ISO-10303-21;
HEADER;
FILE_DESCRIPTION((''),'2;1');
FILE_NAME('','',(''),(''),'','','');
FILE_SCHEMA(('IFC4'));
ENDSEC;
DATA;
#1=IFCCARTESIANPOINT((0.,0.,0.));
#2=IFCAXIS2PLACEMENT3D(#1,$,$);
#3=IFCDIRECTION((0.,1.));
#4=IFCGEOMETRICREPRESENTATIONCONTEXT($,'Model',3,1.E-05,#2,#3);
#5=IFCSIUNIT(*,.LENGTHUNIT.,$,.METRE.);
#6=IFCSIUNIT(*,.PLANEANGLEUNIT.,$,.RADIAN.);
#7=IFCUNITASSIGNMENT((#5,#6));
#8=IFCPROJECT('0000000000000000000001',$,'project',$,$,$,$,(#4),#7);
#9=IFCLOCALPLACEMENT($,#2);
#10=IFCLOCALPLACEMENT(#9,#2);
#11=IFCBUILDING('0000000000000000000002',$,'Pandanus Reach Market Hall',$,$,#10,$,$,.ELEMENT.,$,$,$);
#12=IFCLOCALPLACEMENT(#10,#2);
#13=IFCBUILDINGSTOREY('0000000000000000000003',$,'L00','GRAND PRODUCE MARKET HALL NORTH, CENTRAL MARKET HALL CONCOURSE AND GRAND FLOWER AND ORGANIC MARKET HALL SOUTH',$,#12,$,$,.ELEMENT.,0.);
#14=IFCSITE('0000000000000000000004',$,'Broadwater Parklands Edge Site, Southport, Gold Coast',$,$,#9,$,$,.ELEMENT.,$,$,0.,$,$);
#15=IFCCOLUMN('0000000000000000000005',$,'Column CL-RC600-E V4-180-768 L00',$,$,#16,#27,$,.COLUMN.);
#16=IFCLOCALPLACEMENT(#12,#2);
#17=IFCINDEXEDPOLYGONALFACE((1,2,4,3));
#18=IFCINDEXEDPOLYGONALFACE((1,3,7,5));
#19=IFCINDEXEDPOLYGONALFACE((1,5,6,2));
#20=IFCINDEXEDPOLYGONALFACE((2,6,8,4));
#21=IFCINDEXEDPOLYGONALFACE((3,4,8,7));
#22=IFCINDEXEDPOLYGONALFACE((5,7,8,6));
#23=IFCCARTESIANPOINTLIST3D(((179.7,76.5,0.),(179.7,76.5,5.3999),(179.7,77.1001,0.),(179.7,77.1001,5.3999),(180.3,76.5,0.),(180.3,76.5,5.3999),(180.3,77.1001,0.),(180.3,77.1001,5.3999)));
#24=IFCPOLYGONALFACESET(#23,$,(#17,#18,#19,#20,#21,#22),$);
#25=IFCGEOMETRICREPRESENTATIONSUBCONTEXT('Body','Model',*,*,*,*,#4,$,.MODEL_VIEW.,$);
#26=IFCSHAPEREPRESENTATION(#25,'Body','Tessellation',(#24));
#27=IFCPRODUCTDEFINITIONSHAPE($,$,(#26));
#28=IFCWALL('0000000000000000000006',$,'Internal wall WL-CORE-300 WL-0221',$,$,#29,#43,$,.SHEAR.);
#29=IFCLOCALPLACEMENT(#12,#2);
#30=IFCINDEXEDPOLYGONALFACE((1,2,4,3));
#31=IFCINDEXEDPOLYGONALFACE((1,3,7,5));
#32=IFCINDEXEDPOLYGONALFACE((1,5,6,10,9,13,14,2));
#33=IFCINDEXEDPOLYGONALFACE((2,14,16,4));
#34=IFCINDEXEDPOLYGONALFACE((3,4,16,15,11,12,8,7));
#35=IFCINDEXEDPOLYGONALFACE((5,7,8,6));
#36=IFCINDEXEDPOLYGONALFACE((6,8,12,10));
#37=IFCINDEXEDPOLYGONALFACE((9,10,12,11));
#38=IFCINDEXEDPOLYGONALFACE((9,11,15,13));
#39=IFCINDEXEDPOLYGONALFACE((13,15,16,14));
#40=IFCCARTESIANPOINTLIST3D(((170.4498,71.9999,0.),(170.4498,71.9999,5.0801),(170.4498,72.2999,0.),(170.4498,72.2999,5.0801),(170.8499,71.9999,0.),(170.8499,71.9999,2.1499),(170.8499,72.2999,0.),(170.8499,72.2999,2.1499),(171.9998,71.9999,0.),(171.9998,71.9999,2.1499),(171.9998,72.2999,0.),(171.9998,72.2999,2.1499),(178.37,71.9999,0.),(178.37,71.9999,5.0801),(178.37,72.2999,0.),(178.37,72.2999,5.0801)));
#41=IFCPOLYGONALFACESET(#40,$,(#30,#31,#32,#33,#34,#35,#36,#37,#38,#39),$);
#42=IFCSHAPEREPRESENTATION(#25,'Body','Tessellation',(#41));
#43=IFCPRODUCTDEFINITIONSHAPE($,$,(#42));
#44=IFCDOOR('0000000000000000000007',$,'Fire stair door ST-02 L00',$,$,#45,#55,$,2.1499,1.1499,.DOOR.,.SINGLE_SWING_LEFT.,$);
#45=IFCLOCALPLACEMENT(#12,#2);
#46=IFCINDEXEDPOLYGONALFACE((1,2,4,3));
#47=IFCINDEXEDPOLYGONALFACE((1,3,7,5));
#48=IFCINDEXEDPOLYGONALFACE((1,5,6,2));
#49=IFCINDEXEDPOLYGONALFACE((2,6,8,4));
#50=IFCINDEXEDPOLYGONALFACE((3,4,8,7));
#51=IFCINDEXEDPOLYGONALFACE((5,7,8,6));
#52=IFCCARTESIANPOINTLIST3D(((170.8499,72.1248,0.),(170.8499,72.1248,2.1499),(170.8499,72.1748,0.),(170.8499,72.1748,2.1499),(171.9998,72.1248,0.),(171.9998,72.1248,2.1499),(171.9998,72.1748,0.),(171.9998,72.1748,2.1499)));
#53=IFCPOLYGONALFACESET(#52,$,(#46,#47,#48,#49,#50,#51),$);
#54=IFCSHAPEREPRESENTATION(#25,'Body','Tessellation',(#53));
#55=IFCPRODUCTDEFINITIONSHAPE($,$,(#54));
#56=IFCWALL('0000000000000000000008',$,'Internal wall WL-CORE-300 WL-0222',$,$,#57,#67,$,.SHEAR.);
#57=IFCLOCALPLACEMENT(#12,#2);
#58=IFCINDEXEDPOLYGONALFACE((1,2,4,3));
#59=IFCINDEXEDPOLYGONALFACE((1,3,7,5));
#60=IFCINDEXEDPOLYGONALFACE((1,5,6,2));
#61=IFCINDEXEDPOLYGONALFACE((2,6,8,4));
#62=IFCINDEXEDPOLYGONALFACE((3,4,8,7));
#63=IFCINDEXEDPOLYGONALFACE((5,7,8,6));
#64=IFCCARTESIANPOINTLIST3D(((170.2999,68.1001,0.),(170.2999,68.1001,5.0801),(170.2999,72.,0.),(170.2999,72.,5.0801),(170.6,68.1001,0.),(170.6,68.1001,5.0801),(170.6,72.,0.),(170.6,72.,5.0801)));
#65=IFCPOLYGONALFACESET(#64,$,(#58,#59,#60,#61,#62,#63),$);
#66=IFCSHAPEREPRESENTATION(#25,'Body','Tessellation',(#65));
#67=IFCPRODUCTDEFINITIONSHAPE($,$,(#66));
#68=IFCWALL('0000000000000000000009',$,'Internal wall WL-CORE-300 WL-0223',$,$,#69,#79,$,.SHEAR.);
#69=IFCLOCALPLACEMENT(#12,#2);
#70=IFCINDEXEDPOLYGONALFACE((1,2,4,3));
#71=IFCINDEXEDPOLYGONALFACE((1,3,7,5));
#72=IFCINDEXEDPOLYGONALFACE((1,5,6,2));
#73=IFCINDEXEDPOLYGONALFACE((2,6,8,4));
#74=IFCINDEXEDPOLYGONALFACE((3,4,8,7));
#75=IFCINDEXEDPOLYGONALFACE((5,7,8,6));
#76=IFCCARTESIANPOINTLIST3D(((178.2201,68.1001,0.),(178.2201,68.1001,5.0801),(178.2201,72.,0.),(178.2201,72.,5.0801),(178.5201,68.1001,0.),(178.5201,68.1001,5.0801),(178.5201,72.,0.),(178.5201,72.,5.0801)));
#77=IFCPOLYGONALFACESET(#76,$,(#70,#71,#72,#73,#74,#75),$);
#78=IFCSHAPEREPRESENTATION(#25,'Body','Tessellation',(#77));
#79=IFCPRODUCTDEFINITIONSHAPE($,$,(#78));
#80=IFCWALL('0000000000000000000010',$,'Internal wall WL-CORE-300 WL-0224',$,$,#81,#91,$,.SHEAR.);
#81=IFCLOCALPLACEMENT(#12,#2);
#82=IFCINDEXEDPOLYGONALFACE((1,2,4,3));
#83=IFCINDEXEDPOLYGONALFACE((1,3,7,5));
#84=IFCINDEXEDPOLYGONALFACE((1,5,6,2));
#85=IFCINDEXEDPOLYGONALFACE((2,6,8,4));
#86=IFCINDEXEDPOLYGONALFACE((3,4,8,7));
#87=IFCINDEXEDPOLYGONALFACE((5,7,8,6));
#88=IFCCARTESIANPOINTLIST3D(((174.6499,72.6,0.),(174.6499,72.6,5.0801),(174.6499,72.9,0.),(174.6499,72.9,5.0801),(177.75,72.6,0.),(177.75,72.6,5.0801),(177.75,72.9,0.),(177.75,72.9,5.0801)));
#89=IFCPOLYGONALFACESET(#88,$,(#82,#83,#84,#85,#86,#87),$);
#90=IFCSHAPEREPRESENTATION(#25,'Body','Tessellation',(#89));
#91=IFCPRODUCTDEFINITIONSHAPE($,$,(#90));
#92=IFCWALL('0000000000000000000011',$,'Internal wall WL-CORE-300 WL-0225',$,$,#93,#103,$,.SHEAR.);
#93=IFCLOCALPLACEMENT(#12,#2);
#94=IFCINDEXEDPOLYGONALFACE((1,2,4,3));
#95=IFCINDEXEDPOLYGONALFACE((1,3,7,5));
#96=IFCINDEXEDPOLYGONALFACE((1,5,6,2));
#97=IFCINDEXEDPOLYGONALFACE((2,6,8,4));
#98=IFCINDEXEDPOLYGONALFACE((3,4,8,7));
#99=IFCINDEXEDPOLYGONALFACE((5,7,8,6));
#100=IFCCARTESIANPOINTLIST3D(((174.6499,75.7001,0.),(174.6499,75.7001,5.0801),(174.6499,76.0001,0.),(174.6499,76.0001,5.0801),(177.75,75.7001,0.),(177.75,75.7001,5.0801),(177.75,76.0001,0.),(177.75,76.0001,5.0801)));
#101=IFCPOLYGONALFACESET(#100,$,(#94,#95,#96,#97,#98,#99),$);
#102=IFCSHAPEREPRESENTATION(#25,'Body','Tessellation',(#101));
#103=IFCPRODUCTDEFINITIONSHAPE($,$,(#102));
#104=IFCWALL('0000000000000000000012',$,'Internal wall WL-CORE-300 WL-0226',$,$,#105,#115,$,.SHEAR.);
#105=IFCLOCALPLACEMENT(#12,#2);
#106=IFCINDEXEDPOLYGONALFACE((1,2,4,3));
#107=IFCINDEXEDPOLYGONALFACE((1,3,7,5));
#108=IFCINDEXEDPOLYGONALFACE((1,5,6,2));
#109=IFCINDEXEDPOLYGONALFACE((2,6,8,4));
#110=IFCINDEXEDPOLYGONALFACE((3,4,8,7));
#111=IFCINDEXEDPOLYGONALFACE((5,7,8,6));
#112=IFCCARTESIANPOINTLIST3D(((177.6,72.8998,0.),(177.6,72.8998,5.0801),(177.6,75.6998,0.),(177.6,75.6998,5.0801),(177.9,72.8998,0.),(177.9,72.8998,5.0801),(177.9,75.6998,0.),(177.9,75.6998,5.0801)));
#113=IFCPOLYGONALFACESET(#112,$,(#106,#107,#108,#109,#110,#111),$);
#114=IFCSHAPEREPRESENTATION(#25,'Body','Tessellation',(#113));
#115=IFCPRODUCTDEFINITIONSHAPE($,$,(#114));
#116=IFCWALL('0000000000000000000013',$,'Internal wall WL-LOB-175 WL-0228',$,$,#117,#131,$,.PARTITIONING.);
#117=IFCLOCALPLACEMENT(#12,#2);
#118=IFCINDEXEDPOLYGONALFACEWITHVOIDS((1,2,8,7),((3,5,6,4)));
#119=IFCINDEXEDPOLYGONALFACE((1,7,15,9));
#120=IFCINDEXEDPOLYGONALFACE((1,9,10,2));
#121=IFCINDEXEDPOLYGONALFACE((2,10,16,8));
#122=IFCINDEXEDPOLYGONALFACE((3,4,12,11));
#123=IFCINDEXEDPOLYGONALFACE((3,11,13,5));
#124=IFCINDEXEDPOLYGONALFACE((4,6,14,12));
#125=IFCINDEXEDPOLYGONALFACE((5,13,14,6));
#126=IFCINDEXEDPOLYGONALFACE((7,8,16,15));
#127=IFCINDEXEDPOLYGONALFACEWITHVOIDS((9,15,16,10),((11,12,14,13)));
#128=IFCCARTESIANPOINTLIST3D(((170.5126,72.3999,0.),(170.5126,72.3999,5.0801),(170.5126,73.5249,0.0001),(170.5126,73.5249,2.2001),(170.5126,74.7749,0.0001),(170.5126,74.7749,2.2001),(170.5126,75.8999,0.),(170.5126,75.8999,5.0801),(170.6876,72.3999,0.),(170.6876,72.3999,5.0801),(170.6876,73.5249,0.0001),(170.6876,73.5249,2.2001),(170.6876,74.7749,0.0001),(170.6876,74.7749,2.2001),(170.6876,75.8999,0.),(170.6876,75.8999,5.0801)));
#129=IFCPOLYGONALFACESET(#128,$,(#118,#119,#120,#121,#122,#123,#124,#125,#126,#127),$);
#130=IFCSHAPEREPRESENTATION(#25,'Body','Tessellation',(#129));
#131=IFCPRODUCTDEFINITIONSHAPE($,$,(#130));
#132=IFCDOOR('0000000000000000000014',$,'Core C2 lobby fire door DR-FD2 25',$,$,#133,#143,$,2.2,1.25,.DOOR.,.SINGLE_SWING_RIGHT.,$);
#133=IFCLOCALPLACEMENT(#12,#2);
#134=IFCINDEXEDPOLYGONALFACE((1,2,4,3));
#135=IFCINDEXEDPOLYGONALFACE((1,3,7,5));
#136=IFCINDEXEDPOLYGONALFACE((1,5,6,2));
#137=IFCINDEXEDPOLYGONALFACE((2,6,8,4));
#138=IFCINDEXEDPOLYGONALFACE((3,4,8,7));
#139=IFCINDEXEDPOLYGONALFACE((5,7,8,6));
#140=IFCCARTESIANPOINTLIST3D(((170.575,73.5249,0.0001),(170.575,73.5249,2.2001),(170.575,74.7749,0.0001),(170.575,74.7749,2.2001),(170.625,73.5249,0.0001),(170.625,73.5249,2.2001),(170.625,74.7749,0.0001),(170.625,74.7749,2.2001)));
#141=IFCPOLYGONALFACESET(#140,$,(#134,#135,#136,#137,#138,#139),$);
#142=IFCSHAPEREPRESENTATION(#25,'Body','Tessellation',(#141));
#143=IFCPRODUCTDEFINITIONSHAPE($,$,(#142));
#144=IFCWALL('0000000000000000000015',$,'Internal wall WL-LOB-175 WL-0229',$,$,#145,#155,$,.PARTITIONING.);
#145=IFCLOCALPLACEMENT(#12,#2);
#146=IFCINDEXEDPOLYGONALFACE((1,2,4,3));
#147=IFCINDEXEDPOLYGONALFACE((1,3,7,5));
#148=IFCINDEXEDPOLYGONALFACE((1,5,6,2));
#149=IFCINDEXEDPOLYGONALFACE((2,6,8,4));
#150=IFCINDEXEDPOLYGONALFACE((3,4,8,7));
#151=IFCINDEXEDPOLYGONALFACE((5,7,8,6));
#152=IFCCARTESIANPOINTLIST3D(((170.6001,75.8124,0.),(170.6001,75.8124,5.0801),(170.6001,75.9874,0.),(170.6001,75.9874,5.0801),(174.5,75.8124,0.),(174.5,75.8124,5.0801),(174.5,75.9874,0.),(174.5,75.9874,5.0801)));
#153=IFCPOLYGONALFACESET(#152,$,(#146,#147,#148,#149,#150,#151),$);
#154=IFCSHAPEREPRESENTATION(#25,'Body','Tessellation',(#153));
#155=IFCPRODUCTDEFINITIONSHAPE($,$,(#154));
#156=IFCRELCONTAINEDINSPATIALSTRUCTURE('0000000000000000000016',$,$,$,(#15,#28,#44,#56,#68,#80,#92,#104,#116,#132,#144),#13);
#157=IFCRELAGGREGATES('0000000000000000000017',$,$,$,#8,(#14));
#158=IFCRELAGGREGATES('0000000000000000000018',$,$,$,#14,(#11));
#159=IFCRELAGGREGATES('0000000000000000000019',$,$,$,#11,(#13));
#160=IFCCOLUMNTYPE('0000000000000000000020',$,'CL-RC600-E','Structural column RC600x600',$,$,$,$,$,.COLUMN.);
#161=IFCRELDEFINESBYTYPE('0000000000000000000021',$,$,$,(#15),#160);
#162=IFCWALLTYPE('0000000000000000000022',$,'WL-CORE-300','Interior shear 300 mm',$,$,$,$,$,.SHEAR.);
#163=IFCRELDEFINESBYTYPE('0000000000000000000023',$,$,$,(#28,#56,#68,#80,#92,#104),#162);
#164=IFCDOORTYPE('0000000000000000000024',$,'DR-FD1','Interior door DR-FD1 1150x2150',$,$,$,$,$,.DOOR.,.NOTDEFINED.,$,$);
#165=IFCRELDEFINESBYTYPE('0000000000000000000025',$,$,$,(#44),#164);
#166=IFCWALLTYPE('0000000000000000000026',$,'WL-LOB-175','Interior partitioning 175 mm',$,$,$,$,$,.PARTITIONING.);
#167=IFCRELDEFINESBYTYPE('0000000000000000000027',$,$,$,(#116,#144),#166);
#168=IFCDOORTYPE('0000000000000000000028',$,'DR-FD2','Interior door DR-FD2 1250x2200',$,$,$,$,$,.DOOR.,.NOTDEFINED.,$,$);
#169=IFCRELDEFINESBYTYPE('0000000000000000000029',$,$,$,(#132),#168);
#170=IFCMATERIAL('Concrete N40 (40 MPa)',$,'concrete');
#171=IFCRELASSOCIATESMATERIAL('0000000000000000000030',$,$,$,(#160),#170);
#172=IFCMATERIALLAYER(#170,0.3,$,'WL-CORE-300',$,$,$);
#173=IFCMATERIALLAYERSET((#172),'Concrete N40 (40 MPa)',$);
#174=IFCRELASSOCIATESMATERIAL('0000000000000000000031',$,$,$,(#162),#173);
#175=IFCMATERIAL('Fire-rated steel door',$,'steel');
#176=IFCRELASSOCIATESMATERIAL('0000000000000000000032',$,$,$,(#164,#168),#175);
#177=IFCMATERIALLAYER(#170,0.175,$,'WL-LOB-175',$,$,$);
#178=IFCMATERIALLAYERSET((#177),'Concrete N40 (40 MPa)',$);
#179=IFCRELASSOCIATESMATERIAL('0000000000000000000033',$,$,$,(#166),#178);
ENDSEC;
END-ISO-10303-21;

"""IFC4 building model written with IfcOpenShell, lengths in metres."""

from ifc_helpers import new_model, si_unit, direction, frame, frame_2d, origin, origin_2d, place, context, subcontext, project, spatial, rectangle, extrude, material, layer, layer_set, material_profile, profile_set, type_object, element, fill, save


model = new_model("IFC4")

# Units and contexts
model_context = context("Model", 3, precision=1e-05, world=origin(), true_north=direction((0.0, 1.0)))
body_context = subcontext(model_context, "Body", "Model", "MODEL_VIEW")
ifc_project = project(units=[si_unit("LENGTHUNIT", "METRE"), si_unit("PLANEANGLEUNIT", "RADIAN")], contexts=[model_context])

# Site, building, storey
site_placement = place(None, origin())
site = spatial("IfcSite", under=ifc_project, at=site_placement, Name="Broadwater Parklands Edge Site, Southport, Gold Coast", CompositionType="ELEMENT", RefElevation=0.0)
building_placement = place(site_placement, origin())
building = spatial("IfcBuilding", under=site, at=building_placement, Name="Pandanus Reach Market Hall", CompositionType="ELEMENT")
storey_placement = place(building_placement, origin())
storey = spatial("IfcBuildingStorey", under=building, at=storey_placement, Name="L00", Description="GRAND PRODUCE MARKET HALL NORTH, CENTRAL MARKET HALL CONCOURSE AND GRAND FLOWER AND ORGANIC MARKET HALL SOUTH", CompositionType="ELEMENT", Elevation=0.0)

# Column
ifc_material_1 = material(Name="Concrete N40 (40 MPa)", Category="concrete")
ifc_material_profile = material_profile(ifc_material_1, rectangle(XDim=0.6001, YDim=0.6001, at=origin_2d()), Name="RC600x600", Category="LoadBearing")
ifc_profile_set = profile_set([ifc_material_profile], Name="Concrete N40 (40 MPa)")
column_type = type_object("IfcColumnType", Name="CL-RC600-E", Description="Structural column RC600x600", PredefinedType="COLUMN", material=ifc_profile_set)
column_placement = place(storey_placement, frame((180.0, 76.8, 0.0), z_axis=(0.0, 0.0, 1.0), x_axis=(1.0, 0.0, 0.0)))
element("IfcColumn", 1, at=column_placement, inside=storey, type_object=column_type, Name="Column CL-RC600-E V4-180-768 L00", PredefinedType="COLUMN", context=body_context, shape_type="SweptSolid", body=[
    extrude(rectangle(XDim=0.6001, YDim=0.6001, at=origin_2d()), origin(), (0.0, 0.0, 1.0), 5.3999),
])

# Wall, opening, door
ifc_layer_1 = layer(ifc_material_1, 0.3, Name="WL-CORE-300")
ifc_layer_set_1 = layer_set([ifc_layer_1], Name="Concrete N40 (40 MPa)")
wall_type_1 = type_object("IfcWallType", Name="WL-CORE-300", Description="Interior shear 300 mm", PredefinedType="SHEAR", material=ifc_layer_set_1)
wall_1_placement = place(storey_placement, frame((170.45, 72.1499, 0.0), z_axis=(0.0, 0.0, 1.0), x_axis=(1.0, 0.0, 0.0)))
wall_1 = element("IfcWall", 2, at=wall_1_placement, inside=storey, type_object=wall_type_1, Name="Internal wall WL-CORE-300 WL-0221", PredefinedType="SHEAR", context=body_context, shape_type="SweptSolid", body=[
    extrude(rectangle(XDim=7.9202, YDim=0.3, at=frame_2d((3.96, 0.0))), origin(), (0.0, 0.0, 1.0), 5.0801),
])
opening_1_placement = place(wall_1_placement, frame((0.3999, 0.0, 0.0)))
opening_1 = element("IfcOpeningElement", 3, at=opening_1_placement, cuts=wall_1, PredefinedType="OPENING", context=body_context, shape_type="SweptSolid", body=[
    extrude(rectangle(XDim=1.1499, YDim=2.1499, at=frame_2d((0.575, 1.075))), frame((0.0, 0.165, 0.0), z_axis=(0.0, -1.0, 0.0), x_axis=(1.0, 0.0, 0.0)), (0.0, 0.0, 1.0), 0.3301),
])
ifc_material_2 = material(Name="Fire-rated steel door", Category="steel")
door_type_1 = type_object("IfcDoorType", Name="DR-FD1", Description="Interior door DR-FD1 1150x2150", OperationType="NOTDEFINED", PredefinedType="DOOR", material=ifc_material_2)
door_1_placement = place(opening_1_placement, origin())
door_1 = element("IfcDoor", 4, at=door_1_placement, inside=storey, type_object=door_type_1, Name="Fire stair door ST-02 L00", OperationType="SINGLE_SWING_LEFT", OverallHeight=2.1499, OverallWidth=1.1499, PredefinedType="DOOR", context=body_context, shape_type="SweptSolid", body=[
    extrude(rectangle(XDim=1.1499, YDim=2.1499, at=frame_2d((0.575, 1.075))), frame((0.0, 0.0249, 0.0), z_axis=(0.0, -1.0, 0.0), x_axis=(1.0, 0.0, 0.0)), (0.0, 0.0, 1.0), 0.05),
])
fill(opening_1, door_1)

# Walls
for number, where, z_axis, x_axis, name in (
    (5, (170.45, 68.1001, 0.0), (0.0, 0.0, 1.0), (0.0, 1.0, 0.0), "Internal wall WL-CORE-300 WL-0222"),
    (6, (178.3701, 68.1001, 0.0), (0.0, 0.0, 1.0), (0.0, 1.0, 0.0), "Internal wall WL-CORE-300 WL-0223"),
):
    element("IfcWall", number, at=place(storey_placement, frame(where, z_axis=z_axis, x_axis=x_axis)), inside=storey, type_object=wall_type_1, Name=name, PredefinedType="SHEAR", context=body_context, shape_type="SweptSolid", body=[
        extrude(rectangle(XDim=3.8999, YDim=0.3, at=frame_2d((1.95, 0.0))), origin(), (0.0, 0.0, 1.0), 5.0801),
    ])
for number, where, z_axis, x_axis, name in (
    (7, (174.6499, 72.75, 0.0), (0.0, 0.0, 1.0), (1.0, 0.0, 0.0), "Internal wall WL-CORE-300 WL-0224"),
    (8, (174.6499, 75.8501, 0.0), (0.0, 0.0, 1.0), (1.0, 0.0, 0.0), "Internal wall WL-CORE-300 WL-0225"),
):
    element("IfcWall", number, at=place(storey_placement, frame(where, z_axis=z_axis, x_axis=x_axis)), inside=storey, type_object=wall_type_1, Name=name, PredefinedType="SHEAR", context=body_context, shape_type="SweptSolid", body=[
        extrude(rectangle(XDim=3.1001, YDim=0.3, at=frame_2d((1.55, 0.0))), origin(), (0.0, 0.0, 1.0), 5.0801),
    ])
wall_2_placement = place(storey_placement, frame((177.75, 72.8999, 0.0), z_axis=(0.0, 0.0, 1.0), x_axis=(0.0, 1.0, 0.0)))
element("IfcWall", 9, at=wall_2_placement, inside=storey, type_object=wall_type_1, Name="Internal wall WL-CORE-300 WL-0226", PredefinedType="SHEAR", context=body_context, shape_type="SweptSolid", body=[
    extrude(rectangle(XDim=2.8, YDim=0.3, at=frame_2d((1.3999, 0.0))), origin(), (0.0, 0.0, 1.0), 5.0801),
])

# Wall, opening, door
ifc_layer_2 = layer(ifc_material_1, 0.175, Name="WL-LOB-175")
ifc_layer_set_2 = layer_set([ifc_layer_2], Name="Concrete N40 (40 MPa)")
wall_type_2 = type_object("IfcWallType", Name="WL-LOB-175", Description="Interior partitioning 175 mm", PredefinedType="PARTITIONING", material=ifc_layer_set_2)
wall_3_placement = place(storey_placement, frame((170.6001, 72.3999, 0.0), z_axis=(0.0, 0.0, 1.0), x_axis=(0.0, 1.0, 0.0)))
wall_3 = element("IfcWall", 10, at=wall_3_placement, inside=storey, type_object=wall_type_2, Name="Internal wall WL-LOB-175 WL-0228", PredefinedType="PARTITIONING", context=body_context, shape_type="SweptSolid", body=[
    extrude(rectangle(XDim=3.5, YDim=0.175, at=frame_2d((1.75, 0.0))), origin(), (0.0, 0.0, 1.0), 5.0801),
])
opening_2_placement = place(wall_3_placement, frame((1.125, 0.0, 0.0)))
opening_2 = element("IfcOpeningElement", 11, at=opening_2_placement, cuts=wall_3, PredefinedType="OPENING", context=body_context, shape_type="SweptSolid", body=[
    extrude(rectangle(XDim=1.25, YDim=2.2, at=frame_2d((0.625, 1.1001))), frame((0.0, 0.1025, 0.0), z_axis=(0.0, -1.0, 0.0), x_axis=(1.0, 0.0, 0.0)), (0.0, 0.0, 1.0), 0.2051),
])
door_type_2 = type_object("IfcDoorType", Name="DR-FD2", Description="Interior door DR-FD2 1250x2200", OperationType="NOTDEFINED", PredefinedType="DOOR", material=ifc_material_2)
door_2_placement = place(opening_2_placement, frame((1.25, 0.0, 0.0), z_axis=(0.0, 0.0, 1.0), x_axis=(-1.0, 0.0, 0.0)))
door_2 = element("IfcDoor", 12, at=door_2_placement, inside=storey, type_object=door_type_2, Name="Core C2 lobby fire door DR-FD2 25", OperationType="SINGLE_SWING_RIGHT", OverallHeight=2.2, OverallWidth=1.25, PredefinedType="DOOR", context=body_context, shape_type="SweptSolid", body=[
    extrude(rectangle(XDim=1.25, YDim=2.2, at=frame_2d((0.625, 1.1001))), frame((0.0, 0.0249, 0.0), z_axis=(0.0, -1.0, 0.0), x_axis=(1.0, 0.0, 0.0)), (0.0, 0.0, 1.0), 0.05),
])
fill(opening_2, door_2)

# Wall
wall_4_placement = place(storey_placement, frame((170.6001, 75.8999, 0.0), z_axis=(0.0, 0.0, 1.0), x_axis=(1.0, 0.0, 0.0)))
element("IfcWall", 13, at=wall_4_placement, inside=storey, type_object=wall_type_2, Name="Internal wall WL-LOB-175 WL-0229", PredefinedType="PARTITIONING", context=body_context, shape_type="SweptSolid", body=[
    extrude(rectangle(XDim=3.8999, YDim=0.175, at=frame_2d((1.95, 0.0))), origin(), (0.0, 0.0, 1.0), 5.0801),
])

save(model, "model.ifc")
